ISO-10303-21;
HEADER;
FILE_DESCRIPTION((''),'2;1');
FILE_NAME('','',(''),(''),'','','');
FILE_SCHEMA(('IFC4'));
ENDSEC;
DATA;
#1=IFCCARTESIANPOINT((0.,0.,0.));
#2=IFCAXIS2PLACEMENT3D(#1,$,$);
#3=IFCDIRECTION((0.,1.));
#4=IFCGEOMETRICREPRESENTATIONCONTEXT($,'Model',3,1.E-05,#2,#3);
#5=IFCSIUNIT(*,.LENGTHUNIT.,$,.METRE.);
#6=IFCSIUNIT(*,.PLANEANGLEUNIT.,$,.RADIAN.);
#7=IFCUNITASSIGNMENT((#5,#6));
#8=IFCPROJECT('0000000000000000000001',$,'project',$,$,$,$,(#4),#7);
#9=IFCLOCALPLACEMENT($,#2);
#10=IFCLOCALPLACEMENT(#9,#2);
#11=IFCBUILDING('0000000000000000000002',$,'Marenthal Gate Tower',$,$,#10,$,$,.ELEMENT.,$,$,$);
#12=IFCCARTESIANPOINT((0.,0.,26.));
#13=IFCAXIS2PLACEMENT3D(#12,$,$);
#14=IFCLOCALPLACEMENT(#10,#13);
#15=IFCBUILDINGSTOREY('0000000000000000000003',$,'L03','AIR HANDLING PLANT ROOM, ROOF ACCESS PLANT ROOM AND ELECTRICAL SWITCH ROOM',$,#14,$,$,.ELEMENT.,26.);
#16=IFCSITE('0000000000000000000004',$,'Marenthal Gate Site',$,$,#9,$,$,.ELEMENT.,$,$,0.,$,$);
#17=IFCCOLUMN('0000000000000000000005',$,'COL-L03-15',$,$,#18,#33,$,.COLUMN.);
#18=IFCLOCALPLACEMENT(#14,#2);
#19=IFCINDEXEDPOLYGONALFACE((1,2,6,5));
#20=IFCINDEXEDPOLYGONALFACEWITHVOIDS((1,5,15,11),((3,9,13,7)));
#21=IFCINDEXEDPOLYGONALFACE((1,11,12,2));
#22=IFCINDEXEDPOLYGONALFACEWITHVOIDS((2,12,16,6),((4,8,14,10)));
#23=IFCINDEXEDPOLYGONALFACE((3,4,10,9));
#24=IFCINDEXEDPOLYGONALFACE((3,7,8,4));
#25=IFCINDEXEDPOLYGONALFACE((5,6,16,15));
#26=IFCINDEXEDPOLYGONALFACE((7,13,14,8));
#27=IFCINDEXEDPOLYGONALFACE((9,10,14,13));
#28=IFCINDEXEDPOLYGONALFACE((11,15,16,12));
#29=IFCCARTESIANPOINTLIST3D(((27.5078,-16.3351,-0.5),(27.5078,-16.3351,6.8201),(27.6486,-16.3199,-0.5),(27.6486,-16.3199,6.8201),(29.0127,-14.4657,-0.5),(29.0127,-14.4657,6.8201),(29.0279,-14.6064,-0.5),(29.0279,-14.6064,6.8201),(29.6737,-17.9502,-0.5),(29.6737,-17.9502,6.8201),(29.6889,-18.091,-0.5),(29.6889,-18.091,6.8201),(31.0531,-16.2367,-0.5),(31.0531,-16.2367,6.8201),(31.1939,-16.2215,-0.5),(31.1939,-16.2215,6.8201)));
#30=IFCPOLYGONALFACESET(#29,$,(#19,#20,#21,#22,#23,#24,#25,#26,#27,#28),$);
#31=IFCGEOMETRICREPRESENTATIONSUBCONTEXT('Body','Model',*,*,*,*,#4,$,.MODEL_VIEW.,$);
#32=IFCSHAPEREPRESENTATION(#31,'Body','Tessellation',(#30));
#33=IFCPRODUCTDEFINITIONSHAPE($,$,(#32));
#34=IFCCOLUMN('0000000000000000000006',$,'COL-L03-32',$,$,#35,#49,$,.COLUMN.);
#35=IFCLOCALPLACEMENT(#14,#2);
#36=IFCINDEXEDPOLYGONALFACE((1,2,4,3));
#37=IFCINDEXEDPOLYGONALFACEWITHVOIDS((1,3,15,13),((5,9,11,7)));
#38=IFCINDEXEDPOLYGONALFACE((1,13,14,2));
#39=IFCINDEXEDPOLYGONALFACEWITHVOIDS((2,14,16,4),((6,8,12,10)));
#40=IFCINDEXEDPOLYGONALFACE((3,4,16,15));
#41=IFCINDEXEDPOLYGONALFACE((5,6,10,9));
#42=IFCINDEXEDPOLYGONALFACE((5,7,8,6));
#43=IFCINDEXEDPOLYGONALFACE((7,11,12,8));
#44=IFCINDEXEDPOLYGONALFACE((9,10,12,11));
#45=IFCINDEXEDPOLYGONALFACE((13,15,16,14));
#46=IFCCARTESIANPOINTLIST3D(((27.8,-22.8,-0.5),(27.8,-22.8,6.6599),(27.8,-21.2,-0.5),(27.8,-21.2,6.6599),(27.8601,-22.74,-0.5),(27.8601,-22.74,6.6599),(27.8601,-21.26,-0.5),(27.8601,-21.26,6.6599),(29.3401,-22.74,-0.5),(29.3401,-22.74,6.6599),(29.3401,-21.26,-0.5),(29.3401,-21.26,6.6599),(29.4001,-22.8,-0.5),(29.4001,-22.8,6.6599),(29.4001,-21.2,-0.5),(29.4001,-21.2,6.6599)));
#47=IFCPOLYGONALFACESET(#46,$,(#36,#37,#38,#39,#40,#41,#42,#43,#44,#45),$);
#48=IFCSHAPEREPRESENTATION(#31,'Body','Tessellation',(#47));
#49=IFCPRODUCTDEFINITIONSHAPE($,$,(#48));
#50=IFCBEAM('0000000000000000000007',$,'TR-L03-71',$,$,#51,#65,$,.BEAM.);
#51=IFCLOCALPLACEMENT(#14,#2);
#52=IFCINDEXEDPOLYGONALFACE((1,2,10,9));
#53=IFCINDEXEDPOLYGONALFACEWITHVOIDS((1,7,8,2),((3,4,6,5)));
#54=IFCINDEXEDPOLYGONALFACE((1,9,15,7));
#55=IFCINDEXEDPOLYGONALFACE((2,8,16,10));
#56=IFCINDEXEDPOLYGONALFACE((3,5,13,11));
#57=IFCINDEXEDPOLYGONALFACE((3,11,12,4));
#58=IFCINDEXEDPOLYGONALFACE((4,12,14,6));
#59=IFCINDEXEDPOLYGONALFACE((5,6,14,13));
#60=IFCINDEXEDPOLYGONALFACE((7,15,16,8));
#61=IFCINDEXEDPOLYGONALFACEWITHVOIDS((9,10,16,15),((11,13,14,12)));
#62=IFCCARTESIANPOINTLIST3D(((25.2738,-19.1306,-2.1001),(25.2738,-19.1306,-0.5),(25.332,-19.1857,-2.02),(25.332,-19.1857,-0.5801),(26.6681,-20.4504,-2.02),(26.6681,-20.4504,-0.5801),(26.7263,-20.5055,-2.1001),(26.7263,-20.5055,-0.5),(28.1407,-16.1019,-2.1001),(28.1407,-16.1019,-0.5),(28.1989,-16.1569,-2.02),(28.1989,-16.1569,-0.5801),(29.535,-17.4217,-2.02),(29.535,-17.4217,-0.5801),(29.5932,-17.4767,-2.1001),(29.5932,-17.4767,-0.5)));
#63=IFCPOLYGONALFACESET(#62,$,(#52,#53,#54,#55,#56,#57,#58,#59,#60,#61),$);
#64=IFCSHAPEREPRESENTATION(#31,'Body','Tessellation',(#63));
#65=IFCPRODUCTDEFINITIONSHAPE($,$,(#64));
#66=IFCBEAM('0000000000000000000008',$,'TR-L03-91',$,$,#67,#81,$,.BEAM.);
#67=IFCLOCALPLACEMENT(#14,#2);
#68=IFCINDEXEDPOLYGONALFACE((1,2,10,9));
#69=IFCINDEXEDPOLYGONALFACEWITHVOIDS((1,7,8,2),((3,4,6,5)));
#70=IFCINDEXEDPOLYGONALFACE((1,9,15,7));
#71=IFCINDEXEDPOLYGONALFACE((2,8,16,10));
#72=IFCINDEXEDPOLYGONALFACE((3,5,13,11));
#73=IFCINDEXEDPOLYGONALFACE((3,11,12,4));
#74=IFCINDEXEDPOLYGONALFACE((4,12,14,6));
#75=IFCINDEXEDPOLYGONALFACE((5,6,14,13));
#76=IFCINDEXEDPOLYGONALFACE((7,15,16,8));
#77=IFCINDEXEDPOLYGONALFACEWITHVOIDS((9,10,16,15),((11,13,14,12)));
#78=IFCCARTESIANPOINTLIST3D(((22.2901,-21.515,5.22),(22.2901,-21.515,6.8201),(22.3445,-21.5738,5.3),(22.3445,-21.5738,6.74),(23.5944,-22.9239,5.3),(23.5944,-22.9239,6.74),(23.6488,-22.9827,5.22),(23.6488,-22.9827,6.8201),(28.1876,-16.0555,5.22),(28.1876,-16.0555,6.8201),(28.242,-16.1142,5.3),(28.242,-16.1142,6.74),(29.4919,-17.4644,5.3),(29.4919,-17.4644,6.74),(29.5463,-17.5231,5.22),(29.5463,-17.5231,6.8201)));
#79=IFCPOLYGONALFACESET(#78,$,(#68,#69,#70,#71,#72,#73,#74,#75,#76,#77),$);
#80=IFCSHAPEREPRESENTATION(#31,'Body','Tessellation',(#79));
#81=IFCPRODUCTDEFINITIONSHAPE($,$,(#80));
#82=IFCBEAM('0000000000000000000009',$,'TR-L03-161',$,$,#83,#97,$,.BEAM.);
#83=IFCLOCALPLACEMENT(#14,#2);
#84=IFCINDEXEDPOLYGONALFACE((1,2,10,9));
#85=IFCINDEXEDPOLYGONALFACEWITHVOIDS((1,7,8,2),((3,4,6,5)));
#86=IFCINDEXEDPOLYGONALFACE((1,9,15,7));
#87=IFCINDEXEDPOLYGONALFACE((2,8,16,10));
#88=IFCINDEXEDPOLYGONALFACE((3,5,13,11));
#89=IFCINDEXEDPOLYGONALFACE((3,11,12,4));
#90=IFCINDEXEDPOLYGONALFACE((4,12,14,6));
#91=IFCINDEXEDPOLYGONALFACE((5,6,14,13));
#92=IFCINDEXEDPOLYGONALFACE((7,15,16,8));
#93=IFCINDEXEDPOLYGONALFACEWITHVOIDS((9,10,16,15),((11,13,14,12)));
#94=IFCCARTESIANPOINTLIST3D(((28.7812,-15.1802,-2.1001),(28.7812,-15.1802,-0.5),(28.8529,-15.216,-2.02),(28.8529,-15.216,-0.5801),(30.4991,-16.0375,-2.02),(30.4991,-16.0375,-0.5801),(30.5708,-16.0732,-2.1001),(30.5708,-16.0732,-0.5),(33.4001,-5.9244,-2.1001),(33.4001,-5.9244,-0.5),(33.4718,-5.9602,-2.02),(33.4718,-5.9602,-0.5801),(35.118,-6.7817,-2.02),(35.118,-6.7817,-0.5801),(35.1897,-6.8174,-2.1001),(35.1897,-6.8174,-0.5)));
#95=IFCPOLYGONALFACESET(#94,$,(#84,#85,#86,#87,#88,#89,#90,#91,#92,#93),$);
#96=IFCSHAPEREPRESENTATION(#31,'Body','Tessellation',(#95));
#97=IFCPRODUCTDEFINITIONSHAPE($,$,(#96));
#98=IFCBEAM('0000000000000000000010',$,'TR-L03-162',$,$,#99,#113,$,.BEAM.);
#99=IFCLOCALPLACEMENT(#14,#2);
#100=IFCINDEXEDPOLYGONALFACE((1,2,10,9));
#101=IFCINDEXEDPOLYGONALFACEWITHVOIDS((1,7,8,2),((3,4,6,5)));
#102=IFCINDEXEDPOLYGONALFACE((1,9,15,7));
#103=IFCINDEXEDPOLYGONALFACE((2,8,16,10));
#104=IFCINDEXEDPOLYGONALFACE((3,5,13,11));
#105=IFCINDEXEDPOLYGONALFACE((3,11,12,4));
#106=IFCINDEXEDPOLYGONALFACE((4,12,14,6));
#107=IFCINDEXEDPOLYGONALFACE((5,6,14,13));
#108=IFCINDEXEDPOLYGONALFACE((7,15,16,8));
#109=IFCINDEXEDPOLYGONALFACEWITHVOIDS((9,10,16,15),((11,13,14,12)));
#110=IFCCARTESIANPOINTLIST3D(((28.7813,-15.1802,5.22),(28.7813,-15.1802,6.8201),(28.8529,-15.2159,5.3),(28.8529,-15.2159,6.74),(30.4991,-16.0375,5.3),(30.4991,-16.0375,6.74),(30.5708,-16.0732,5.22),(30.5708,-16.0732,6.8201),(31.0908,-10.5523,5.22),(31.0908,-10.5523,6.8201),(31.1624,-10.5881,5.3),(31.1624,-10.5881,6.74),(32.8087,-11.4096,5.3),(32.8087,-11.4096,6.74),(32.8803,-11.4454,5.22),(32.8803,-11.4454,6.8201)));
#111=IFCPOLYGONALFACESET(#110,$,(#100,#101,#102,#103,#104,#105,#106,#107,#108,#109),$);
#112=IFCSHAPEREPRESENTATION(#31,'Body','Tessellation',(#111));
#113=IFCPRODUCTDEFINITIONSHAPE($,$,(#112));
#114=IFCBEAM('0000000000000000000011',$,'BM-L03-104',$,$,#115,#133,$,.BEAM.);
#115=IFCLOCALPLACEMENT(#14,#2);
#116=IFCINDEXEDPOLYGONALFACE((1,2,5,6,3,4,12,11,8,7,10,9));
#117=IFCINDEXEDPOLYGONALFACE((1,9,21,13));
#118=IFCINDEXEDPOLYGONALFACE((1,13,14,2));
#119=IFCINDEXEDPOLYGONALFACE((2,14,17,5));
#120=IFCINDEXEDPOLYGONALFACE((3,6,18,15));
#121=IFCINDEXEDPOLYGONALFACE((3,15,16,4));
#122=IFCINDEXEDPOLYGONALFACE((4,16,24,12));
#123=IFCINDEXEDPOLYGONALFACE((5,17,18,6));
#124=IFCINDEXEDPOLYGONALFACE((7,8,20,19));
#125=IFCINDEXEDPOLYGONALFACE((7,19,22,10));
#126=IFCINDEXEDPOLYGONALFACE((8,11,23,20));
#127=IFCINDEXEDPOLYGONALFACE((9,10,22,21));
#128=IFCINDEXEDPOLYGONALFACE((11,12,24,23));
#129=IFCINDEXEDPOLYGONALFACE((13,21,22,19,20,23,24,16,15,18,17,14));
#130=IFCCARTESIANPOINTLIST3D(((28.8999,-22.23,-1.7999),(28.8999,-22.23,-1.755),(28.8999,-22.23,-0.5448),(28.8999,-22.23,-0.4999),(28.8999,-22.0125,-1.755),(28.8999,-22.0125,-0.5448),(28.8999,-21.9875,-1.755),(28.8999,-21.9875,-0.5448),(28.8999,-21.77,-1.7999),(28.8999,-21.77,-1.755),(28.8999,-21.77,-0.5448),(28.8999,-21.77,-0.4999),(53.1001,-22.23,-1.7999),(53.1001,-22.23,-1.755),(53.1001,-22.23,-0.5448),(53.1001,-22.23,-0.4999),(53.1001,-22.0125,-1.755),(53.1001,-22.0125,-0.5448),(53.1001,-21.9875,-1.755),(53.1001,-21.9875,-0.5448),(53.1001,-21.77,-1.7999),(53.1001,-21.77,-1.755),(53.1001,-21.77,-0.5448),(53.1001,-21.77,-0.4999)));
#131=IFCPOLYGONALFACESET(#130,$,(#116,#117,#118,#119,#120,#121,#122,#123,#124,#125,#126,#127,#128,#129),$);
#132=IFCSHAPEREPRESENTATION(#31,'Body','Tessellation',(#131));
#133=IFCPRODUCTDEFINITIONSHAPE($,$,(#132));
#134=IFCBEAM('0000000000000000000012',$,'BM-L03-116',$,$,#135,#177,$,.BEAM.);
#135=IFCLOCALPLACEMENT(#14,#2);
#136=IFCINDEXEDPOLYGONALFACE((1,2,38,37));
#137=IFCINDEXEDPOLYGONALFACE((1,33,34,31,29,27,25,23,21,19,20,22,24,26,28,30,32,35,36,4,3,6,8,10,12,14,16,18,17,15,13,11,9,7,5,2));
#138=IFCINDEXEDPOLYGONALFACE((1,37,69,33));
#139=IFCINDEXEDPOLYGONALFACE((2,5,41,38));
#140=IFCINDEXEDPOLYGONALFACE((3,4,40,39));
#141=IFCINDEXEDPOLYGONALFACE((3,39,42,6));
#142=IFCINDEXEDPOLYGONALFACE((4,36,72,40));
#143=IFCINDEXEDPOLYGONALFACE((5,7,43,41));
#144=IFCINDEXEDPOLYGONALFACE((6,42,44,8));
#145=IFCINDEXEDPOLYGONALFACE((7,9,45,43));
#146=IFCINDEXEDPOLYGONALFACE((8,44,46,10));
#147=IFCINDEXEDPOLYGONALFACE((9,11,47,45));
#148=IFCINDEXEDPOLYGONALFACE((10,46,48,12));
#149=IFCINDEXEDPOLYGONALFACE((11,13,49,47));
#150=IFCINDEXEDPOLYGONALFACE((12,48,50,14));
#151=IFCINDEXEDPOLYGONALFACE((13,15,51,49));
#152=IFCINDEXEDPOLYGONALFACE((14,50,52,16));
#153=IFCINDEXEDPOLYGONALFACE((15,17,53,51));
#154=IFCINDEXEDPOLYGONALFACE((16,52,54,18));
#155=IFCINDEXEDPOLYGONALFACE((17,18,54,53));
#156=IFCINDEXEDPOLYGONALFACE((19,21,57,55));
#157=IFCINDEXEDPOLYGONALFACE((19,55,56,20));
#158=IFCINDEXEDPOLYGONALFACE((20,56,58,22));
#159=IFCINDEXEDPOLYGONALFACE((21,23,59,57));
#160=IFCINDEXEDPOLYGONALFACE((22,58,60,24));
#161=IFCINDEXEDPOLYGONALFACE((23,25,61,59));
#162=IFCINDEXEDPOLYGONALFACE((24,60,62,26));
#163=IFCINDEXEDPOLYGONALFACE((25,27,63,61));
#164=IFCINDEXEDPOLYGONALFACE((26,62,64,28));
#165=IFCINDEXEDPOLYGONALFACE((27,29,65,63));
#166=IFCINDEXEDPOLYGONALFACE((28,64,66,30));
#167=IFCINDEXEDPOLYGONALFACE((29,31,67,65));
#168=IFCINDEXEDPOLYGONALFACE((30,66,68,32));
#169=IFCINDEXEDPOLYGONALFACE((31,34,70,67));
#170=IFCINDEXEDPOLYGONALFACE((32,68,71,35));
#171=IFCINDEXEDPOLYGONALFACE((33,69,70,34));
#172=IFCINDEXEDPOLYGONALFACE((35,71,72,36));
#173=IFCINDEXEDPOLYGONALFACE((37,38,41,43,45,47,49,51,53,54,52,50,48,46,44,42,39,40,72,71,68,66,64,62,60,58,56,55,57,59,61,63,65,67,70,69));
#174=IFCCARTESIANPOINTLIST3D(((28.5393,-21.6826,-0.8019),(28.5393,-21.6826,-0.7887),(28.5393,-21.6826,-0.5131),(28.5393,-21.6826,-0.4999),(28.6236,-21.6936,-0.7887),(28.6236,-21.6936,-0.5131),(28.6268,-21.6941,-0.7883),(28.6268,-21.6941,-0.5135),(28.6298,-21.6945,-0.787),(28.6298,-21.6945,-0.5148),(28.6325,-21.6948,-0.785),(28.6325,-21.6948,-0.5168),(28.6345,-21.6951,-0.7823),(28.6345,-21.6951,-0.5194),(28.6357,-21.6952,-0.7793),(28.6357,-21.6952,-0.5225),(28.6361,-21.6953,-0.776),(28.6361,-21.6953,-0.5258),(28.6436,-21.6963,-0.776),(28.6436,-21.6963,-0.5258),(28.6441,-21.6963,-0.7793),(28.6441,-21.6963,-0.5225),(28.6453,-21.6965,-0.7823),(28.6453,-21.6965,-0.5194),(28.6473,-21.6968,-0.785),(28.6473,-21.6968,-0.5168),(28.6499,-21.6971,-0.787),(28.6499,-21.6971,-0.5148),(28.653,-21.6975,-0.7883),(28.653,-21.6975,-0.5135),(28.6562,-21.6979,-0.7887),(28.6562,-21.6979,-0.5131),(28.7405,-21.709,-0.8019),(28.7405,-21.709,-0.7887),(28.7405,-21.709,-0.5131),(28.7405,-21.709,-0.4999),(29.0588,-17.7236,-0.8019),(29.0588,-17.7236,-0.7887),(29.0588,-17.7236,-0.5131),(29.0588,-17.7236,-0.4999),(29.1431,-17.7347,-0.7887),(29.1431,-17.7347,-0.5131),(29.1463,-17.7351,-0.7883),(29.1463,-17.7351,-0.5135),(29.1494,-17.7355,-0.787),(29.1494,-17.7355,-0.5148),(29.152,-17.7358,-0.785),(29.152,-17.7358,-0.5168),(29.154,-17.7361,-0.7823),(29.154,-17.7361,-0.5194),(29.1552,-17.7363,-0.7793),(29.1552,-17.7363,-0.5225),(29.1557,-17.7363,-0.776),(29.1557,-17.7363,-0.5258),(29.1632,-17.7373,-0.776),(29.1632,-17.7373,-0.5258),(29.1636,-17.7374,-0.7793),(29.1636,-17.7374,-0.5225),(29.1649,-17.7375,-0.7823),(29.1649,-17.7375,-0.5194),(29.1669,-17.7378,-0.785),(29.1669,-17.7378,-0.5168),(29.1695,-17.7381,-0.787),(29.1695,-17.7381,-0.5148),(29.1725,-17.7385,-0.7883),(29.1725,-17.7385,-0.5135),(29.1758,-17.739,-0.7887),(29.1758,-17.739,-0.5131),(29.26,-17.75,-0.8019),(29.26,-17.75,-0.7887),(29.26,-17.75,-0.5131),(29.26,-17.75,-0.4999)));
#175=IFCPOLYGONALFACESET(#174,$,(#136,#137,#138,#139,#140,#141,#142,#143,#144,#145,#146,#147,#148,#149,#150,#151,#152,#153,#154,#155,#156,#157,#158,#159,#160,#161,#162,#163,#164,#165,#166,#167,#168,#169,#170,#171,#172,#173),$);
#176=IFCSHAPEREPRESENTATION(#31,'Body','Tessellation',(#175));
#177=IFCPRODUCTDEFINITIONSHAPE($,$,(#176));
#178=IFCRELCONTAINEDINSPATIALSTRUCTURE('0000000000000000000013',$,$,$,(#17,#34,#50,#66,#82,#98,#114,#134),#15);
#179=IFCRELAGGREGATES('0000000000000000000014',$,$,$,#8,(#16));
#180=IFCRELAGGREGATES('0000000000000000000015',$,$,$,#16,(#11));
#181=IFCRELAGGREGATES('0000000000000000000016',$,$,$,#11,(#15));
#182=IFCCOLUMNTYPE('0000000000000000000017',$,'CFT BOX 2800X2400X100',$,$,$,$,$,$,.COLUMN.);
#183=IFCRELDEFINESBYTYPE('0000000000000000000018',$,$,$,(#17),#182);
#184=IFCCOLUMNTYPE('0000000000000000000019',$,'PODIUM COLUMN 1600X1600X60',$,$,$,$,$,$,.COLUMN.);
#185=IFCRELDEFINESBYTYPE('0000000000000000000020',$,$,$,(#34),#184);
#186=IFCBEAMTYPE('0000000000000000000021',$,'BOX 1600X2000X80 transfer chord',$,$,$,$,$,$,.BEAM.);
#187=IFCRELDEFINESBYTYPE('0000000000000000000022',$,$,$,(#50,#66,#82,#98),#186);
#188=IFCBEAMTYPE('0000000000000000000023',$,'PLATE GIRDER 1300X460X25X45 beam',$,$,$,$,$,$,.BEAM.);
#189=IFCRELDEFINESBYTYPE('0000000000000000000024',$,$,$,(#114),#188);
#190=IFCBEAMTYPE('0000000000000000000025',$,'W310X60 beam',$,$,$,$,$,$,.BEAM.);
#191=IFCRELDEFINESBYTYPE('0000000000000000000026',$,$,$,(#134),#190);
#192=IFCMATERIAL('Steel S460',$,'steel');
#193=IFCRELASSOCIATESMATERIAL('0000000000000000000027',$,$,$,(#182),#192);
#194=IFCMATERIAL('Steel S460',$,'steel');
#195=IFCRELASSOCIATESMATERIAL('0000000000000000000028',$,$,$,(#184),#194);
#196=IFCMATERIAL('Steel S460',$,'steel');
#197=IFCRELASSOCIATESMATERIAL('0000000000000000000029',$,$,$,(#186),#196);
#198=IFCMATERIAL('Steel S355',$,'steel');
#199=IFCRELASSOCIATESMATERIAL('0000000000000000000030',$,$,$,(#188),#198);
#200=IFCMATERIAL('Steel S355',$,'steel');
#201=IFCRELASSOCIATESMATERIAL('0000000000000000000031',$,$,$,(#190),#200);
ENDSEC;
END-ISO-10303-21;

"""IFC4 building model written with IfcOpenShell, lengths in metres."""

from ifc_helpers import new_model, si_unit, direction, frame, origin, origin_2d, place, context, subcontext, project, spatial, rectangle, hollow_rectangle, i_section, extrude, material, material_profile, profile_set, type_object, element, save


model = new_model("IFC4")

# Units and contexts
model_context = context("Model", 3, precision=1e-05, world=origin(), true_north=direction((0.0, 1.0)))
body_context = subcontext(model_context, "Body", "Model", "MODEL_VIEW")
ifc_project = project(units=[si_unit("LENGTHUNIT", "METRE"), si_unit("PLANEANGLEUNIT", "RADIAN")], contexts=[model_context])

# Site, building, storey
site_placement = place(None, origin())
site = spatial("IfcSite", under=ifc_project, at=site_placement, Name="Marenthal Gate Site", CompositionType="ELEMENT", RefElevation=0.0)
building_placement = place(site_placement, origin())
building = spatial("IfcBuilding", under=site, at=building_placement, Name="Marenthal Gate Tower", CompositionType="ELEMENT")
storey_placement = place(building_placement, frame((0.0, 0.0, 26.0)))
storey = spatial("IfcBuildingStorey", under=building, at=storey_placement, Name="L03", Description="AIR HANDLING PLANT ROOM, ROOF ACCESS PLANT ROOM AND ELECTRICAL SWITCH ROOM", CompositionType="ELEMENT", Elevation=26.0)

# Columns
ifc_material_1 = material(Name="Steel S460", Category="steel")
ifc_material_profile_1 = material_profile(ifc_material_1, hollow_rectangle(XDim=2.3999, YDim=2.8, WallThickness=0.1001, at=origin_2d()), Name="CFT BOX 2800X2400X100")
ifc_material_2 = material(Name="Concrete 70 MPa", Category="concrete")
ifc_material_profile_2 = material_profile(ifc_material_2, rectangle(XDim=2.2, YDim=2.6001, at=origin_2d()), Name="CFT BOX 2800X2400X100 INFILL")
ifc_profile_set_1 = profile_set([ifc_material_profile_1, ifc_material_profile_2], Name="Steel S460 shell, Concrete 70 MPa infill")
column_type_1 = type_object("IfcColumnType", Name="CFT BOX 2800X2400X100", PredefinedType="COLUMN", material=ifc_profile_set_1)
column_1_placement = place(storey_placement, frame((29.3508, -16.2783, -0.5), z_axis=(0.0, 0.0, 1.0), x_axis=(-0.62707, -0.778963, 0.0)))
element("IfcColumn", 1, at=column_1_placement, inside=storey, type_object=column_type_1, Name="COL-L03-15", PredefinedType="COLUMN", context=body_context, shape_type="SweptSolid", body=[
    extrude(hollow_rectangle(XDim=2.3999, YDim=2.8, WallThickness=0.1001, at=origin_2d()), origin(), (0.0, 0.0, 1.0), 7.3201),
])
ifc_material_3 = material(Name="Steel S460", Category="steel")
ifc_material_profile_3 = material_profile(ifc_material_3, hollow_rectangle(XDim=1.6001, YDim=1.6001, WallThickness=0.0601, at=origin_2d()), Name="CFT BOX 1600X1600X60")
ifc_material_4 = material(Name="Concrete 70 MPa", Category="concrete")
ifc_material_profile_4 = material_profile(ifc_material_4, rectangle(XDim=1.48, YDim=1.48, at=origin_2d()), Name="CFT BOX 1600X1600X60 INFILL")
ifc_profile_set_2 = profile_set([ifc_material_profile_3, ifc_material_profile_4], Name="Steel S460 shell, Concrete 70 MPa infill")
column_type_2 = type_object("IfcColumnType", Name="PODIUM COLUMN 1600X1600X60", PredefinedType="COLUMN", material=ifc_profile_set_2)
column_2_placement = place(storey_placement, frame((28.6001, -22.0, -0.5), z_axis=(0.0, 0.0, 1.0), x_axis=(1.0, 0.0, 0.0)))
element("IfcColumn", 2, at=column_2_placement, inside=storey, type_object=column_type_2, Name="COL-L03-32", PredefinedType="COLUMN", context=body_context, shape_type="SweptSolid", body=[
    extrude(hollow_rectangle(XDim=1.6001, YDim=1.6001, WallThickness=0.0601, at=origin_2d()), origin(), (0.0, 0.0, 1.0), 7.1599),
])

# Beams
ifc_material_5 = material(Name="Steel S460", Category="steel")
ifc_material_profile_5 = material_profile(ifc_material_5, hollow_rectangle(XDim=2.0, YDim=1.6001, WallThickness=0.0801, at=origin_2d()), Name="BOX 1600X2000X80")
ifc_profile_set_3 = profile_set([ifc_material_profile_5], Name="Steel S460")
beam_type_1 = type_object("IfcBeamType", Name="BOX 1600X2000X80 transfer chord", PredefinedType="BEAM", material=ifc_profile_set_3)
beam_1_placement = place(storey_placement, frame((28.8669, -16.7893, -1.3), z_axis=(-0.687434, -0.726246, 0.0), x_axis=(0.726246, -0.687434, 0.0)))
element("IfcBeam", 3, at=beam_1_placement, inside=storey, type_object=beam_type_1, Name="TR-L03-71", PredefinedType="BEAM", context=body_context, shape_type="SweptSolid", body=[
    extrude(hollow_rectangle(XDim=2.0, YDim=1.6001, WallThickness=0.0801, at=origin_2d()), origin(), (0.0, 0.0, 1.0), 4.1704),
])
beam_2_placement = place(storey_placement, frame((28.8669, -16.7893, 6.02), z_axis=(-0.733831, -0.679332, 0.0), x_axis=(0.679332, -0.733831, 0.0)))
element("IfcBeam", 4, at=beam_2_placement, inside=storey, type_object=beam_type_1, Name="TR-L03-91", PredefinedType="BEAM", context=body_context, shape_type="SweptSolid", body=[
    extrude(hollow_rectangle(XDim=2.0, YDim=1.6001, WallThickness=0.0801, at=origin_2d()), origin(), (0.0, 0.0, 1.0), 8.0366),
])
beam_3_placement = place(storey_placement, frame((29.676, -15.6267, -1.3), z_axis=(0.446515, 0.894776, 0.0), x_axis=(-0.894776, 0.446515, 0.0)))
element("IfcBeam", 5, at=beam_3_placement, inside=storey, type_object=beam_type_1, Name="TR-L03-161", PredefinedType="BEAM", context=body_context, shape_type="SweptSolid", body=[
    extrude(hollow_rectangle(XDim=2.0, YDim=1.6001, WallThickness=0.0801, at=origin_2d()), origin(), (0.0, 0.0, 1.0), 10.3442),
])
beam_4_placement = place(storey_placement, frame((29.676, -15.6267, 6.02), z_axis=(0.446534, 0.894767, 0.0), x_axis=(-0.894767, 0.446534, 0.0)))
element("IfcBeam", 6, at=beam_4_placement, inside=storey, type_object=beam_type_1, Name="TR-L03-162", PredefinedType="BEAM", context=body_context, shape_type="SweptSolid", body=[
    extrude(hollow_rectangle(XDim=2.0, YDim=1.6001, WallThickness=0.0801, at=origin_2d()), origin(), (0.0, 0.0, 1.0), 5.1721),
])
ifc_material_6 = material(Name="Steel S355", Category="steel")
ifc_material_profile_6 = material_profile(ifc_material_6, i_section(OverallWidth=0.46, OverallDepth=1.3, WebThickness=0.0249, FlangeThickness=0.0449, at=origin_2d()), Name="PLATE GIRDER 1300X460X25X45")
ifc_profile_set_4 = profile_set([ifc_material_profile_6], Name="Steel S355")
beam_type_2 = type_object("IfcBeamType", Name="PLATE GIRDER 1300X460X25X45 beam", PredefinedType="BEAM", material=ifc_profile_set_4)
beam_5_placement = place(storey_placement, frame((28.8999, -22.0, -1.1499), z_axis=(1.0, 0.0, 0.0), x_axis=(0.0, 1.0, 0.0)))
element("IfcBeam", 7, at=beam_5_placement, inside=storey, type_object=beam_type_2, Name="BM-L03-104", PredefinedType="BEAM", context=body_context, shape_type="SweptSolid", body=[
    extrude(i_section(OverallWidth=0.46, OverallDepth=1.3, WebThickness=0.0249, FlangeThickness=0.0449, at=origin_2d()), origin(), (0.0, 0.0, 1.0), 24.2002),
])
ifc_material_7 = material(Name="Steel S355", Category="steel")
ifc_material_profile_7 = material_profile(ifc_material_7, i_section(OverallWidth=0.2029, OverallDepth=0.302, WebThickness=0.0076, FlangeThickness=0.0132, FilletRadius=0.0127, at=origin_2d()), Name="W310X60")
ifc_profile_set_5 = profile_set([ifc_material_profile_7], Name="Steel S355")
beam_type_3 = type_object("IfcBeamType", Name="W310X60 beam", PredefinedType="BEAM", material=ifc_profile_set_5)
beam_6_placement = place(storey_placement, frame((29.1594, -17.7368, -0.6509), z_axis=(-0.130113, -0.991499, 0.0), x_axis=(0.991499, -0.130113, 0.0)))
element("IfcBeam", 8, at=beam_6_placement, inside=storey, type_object=beam_type_3, Name="BM-L03-116", PredefinedType="BEAM", context=body_context, shape_type="SweptSolid", body=[
    extrude(i_section(OverallWidth=0.2029, OverallDepth=0.302, WebThickness=0.0076, FlangeThickness=0.0132, FilletRadius=0.0127, at=origin_2d()), origin(), (0.0, 0.0, 1.0), 3.9929),
])

save(model, "model.ifc")
